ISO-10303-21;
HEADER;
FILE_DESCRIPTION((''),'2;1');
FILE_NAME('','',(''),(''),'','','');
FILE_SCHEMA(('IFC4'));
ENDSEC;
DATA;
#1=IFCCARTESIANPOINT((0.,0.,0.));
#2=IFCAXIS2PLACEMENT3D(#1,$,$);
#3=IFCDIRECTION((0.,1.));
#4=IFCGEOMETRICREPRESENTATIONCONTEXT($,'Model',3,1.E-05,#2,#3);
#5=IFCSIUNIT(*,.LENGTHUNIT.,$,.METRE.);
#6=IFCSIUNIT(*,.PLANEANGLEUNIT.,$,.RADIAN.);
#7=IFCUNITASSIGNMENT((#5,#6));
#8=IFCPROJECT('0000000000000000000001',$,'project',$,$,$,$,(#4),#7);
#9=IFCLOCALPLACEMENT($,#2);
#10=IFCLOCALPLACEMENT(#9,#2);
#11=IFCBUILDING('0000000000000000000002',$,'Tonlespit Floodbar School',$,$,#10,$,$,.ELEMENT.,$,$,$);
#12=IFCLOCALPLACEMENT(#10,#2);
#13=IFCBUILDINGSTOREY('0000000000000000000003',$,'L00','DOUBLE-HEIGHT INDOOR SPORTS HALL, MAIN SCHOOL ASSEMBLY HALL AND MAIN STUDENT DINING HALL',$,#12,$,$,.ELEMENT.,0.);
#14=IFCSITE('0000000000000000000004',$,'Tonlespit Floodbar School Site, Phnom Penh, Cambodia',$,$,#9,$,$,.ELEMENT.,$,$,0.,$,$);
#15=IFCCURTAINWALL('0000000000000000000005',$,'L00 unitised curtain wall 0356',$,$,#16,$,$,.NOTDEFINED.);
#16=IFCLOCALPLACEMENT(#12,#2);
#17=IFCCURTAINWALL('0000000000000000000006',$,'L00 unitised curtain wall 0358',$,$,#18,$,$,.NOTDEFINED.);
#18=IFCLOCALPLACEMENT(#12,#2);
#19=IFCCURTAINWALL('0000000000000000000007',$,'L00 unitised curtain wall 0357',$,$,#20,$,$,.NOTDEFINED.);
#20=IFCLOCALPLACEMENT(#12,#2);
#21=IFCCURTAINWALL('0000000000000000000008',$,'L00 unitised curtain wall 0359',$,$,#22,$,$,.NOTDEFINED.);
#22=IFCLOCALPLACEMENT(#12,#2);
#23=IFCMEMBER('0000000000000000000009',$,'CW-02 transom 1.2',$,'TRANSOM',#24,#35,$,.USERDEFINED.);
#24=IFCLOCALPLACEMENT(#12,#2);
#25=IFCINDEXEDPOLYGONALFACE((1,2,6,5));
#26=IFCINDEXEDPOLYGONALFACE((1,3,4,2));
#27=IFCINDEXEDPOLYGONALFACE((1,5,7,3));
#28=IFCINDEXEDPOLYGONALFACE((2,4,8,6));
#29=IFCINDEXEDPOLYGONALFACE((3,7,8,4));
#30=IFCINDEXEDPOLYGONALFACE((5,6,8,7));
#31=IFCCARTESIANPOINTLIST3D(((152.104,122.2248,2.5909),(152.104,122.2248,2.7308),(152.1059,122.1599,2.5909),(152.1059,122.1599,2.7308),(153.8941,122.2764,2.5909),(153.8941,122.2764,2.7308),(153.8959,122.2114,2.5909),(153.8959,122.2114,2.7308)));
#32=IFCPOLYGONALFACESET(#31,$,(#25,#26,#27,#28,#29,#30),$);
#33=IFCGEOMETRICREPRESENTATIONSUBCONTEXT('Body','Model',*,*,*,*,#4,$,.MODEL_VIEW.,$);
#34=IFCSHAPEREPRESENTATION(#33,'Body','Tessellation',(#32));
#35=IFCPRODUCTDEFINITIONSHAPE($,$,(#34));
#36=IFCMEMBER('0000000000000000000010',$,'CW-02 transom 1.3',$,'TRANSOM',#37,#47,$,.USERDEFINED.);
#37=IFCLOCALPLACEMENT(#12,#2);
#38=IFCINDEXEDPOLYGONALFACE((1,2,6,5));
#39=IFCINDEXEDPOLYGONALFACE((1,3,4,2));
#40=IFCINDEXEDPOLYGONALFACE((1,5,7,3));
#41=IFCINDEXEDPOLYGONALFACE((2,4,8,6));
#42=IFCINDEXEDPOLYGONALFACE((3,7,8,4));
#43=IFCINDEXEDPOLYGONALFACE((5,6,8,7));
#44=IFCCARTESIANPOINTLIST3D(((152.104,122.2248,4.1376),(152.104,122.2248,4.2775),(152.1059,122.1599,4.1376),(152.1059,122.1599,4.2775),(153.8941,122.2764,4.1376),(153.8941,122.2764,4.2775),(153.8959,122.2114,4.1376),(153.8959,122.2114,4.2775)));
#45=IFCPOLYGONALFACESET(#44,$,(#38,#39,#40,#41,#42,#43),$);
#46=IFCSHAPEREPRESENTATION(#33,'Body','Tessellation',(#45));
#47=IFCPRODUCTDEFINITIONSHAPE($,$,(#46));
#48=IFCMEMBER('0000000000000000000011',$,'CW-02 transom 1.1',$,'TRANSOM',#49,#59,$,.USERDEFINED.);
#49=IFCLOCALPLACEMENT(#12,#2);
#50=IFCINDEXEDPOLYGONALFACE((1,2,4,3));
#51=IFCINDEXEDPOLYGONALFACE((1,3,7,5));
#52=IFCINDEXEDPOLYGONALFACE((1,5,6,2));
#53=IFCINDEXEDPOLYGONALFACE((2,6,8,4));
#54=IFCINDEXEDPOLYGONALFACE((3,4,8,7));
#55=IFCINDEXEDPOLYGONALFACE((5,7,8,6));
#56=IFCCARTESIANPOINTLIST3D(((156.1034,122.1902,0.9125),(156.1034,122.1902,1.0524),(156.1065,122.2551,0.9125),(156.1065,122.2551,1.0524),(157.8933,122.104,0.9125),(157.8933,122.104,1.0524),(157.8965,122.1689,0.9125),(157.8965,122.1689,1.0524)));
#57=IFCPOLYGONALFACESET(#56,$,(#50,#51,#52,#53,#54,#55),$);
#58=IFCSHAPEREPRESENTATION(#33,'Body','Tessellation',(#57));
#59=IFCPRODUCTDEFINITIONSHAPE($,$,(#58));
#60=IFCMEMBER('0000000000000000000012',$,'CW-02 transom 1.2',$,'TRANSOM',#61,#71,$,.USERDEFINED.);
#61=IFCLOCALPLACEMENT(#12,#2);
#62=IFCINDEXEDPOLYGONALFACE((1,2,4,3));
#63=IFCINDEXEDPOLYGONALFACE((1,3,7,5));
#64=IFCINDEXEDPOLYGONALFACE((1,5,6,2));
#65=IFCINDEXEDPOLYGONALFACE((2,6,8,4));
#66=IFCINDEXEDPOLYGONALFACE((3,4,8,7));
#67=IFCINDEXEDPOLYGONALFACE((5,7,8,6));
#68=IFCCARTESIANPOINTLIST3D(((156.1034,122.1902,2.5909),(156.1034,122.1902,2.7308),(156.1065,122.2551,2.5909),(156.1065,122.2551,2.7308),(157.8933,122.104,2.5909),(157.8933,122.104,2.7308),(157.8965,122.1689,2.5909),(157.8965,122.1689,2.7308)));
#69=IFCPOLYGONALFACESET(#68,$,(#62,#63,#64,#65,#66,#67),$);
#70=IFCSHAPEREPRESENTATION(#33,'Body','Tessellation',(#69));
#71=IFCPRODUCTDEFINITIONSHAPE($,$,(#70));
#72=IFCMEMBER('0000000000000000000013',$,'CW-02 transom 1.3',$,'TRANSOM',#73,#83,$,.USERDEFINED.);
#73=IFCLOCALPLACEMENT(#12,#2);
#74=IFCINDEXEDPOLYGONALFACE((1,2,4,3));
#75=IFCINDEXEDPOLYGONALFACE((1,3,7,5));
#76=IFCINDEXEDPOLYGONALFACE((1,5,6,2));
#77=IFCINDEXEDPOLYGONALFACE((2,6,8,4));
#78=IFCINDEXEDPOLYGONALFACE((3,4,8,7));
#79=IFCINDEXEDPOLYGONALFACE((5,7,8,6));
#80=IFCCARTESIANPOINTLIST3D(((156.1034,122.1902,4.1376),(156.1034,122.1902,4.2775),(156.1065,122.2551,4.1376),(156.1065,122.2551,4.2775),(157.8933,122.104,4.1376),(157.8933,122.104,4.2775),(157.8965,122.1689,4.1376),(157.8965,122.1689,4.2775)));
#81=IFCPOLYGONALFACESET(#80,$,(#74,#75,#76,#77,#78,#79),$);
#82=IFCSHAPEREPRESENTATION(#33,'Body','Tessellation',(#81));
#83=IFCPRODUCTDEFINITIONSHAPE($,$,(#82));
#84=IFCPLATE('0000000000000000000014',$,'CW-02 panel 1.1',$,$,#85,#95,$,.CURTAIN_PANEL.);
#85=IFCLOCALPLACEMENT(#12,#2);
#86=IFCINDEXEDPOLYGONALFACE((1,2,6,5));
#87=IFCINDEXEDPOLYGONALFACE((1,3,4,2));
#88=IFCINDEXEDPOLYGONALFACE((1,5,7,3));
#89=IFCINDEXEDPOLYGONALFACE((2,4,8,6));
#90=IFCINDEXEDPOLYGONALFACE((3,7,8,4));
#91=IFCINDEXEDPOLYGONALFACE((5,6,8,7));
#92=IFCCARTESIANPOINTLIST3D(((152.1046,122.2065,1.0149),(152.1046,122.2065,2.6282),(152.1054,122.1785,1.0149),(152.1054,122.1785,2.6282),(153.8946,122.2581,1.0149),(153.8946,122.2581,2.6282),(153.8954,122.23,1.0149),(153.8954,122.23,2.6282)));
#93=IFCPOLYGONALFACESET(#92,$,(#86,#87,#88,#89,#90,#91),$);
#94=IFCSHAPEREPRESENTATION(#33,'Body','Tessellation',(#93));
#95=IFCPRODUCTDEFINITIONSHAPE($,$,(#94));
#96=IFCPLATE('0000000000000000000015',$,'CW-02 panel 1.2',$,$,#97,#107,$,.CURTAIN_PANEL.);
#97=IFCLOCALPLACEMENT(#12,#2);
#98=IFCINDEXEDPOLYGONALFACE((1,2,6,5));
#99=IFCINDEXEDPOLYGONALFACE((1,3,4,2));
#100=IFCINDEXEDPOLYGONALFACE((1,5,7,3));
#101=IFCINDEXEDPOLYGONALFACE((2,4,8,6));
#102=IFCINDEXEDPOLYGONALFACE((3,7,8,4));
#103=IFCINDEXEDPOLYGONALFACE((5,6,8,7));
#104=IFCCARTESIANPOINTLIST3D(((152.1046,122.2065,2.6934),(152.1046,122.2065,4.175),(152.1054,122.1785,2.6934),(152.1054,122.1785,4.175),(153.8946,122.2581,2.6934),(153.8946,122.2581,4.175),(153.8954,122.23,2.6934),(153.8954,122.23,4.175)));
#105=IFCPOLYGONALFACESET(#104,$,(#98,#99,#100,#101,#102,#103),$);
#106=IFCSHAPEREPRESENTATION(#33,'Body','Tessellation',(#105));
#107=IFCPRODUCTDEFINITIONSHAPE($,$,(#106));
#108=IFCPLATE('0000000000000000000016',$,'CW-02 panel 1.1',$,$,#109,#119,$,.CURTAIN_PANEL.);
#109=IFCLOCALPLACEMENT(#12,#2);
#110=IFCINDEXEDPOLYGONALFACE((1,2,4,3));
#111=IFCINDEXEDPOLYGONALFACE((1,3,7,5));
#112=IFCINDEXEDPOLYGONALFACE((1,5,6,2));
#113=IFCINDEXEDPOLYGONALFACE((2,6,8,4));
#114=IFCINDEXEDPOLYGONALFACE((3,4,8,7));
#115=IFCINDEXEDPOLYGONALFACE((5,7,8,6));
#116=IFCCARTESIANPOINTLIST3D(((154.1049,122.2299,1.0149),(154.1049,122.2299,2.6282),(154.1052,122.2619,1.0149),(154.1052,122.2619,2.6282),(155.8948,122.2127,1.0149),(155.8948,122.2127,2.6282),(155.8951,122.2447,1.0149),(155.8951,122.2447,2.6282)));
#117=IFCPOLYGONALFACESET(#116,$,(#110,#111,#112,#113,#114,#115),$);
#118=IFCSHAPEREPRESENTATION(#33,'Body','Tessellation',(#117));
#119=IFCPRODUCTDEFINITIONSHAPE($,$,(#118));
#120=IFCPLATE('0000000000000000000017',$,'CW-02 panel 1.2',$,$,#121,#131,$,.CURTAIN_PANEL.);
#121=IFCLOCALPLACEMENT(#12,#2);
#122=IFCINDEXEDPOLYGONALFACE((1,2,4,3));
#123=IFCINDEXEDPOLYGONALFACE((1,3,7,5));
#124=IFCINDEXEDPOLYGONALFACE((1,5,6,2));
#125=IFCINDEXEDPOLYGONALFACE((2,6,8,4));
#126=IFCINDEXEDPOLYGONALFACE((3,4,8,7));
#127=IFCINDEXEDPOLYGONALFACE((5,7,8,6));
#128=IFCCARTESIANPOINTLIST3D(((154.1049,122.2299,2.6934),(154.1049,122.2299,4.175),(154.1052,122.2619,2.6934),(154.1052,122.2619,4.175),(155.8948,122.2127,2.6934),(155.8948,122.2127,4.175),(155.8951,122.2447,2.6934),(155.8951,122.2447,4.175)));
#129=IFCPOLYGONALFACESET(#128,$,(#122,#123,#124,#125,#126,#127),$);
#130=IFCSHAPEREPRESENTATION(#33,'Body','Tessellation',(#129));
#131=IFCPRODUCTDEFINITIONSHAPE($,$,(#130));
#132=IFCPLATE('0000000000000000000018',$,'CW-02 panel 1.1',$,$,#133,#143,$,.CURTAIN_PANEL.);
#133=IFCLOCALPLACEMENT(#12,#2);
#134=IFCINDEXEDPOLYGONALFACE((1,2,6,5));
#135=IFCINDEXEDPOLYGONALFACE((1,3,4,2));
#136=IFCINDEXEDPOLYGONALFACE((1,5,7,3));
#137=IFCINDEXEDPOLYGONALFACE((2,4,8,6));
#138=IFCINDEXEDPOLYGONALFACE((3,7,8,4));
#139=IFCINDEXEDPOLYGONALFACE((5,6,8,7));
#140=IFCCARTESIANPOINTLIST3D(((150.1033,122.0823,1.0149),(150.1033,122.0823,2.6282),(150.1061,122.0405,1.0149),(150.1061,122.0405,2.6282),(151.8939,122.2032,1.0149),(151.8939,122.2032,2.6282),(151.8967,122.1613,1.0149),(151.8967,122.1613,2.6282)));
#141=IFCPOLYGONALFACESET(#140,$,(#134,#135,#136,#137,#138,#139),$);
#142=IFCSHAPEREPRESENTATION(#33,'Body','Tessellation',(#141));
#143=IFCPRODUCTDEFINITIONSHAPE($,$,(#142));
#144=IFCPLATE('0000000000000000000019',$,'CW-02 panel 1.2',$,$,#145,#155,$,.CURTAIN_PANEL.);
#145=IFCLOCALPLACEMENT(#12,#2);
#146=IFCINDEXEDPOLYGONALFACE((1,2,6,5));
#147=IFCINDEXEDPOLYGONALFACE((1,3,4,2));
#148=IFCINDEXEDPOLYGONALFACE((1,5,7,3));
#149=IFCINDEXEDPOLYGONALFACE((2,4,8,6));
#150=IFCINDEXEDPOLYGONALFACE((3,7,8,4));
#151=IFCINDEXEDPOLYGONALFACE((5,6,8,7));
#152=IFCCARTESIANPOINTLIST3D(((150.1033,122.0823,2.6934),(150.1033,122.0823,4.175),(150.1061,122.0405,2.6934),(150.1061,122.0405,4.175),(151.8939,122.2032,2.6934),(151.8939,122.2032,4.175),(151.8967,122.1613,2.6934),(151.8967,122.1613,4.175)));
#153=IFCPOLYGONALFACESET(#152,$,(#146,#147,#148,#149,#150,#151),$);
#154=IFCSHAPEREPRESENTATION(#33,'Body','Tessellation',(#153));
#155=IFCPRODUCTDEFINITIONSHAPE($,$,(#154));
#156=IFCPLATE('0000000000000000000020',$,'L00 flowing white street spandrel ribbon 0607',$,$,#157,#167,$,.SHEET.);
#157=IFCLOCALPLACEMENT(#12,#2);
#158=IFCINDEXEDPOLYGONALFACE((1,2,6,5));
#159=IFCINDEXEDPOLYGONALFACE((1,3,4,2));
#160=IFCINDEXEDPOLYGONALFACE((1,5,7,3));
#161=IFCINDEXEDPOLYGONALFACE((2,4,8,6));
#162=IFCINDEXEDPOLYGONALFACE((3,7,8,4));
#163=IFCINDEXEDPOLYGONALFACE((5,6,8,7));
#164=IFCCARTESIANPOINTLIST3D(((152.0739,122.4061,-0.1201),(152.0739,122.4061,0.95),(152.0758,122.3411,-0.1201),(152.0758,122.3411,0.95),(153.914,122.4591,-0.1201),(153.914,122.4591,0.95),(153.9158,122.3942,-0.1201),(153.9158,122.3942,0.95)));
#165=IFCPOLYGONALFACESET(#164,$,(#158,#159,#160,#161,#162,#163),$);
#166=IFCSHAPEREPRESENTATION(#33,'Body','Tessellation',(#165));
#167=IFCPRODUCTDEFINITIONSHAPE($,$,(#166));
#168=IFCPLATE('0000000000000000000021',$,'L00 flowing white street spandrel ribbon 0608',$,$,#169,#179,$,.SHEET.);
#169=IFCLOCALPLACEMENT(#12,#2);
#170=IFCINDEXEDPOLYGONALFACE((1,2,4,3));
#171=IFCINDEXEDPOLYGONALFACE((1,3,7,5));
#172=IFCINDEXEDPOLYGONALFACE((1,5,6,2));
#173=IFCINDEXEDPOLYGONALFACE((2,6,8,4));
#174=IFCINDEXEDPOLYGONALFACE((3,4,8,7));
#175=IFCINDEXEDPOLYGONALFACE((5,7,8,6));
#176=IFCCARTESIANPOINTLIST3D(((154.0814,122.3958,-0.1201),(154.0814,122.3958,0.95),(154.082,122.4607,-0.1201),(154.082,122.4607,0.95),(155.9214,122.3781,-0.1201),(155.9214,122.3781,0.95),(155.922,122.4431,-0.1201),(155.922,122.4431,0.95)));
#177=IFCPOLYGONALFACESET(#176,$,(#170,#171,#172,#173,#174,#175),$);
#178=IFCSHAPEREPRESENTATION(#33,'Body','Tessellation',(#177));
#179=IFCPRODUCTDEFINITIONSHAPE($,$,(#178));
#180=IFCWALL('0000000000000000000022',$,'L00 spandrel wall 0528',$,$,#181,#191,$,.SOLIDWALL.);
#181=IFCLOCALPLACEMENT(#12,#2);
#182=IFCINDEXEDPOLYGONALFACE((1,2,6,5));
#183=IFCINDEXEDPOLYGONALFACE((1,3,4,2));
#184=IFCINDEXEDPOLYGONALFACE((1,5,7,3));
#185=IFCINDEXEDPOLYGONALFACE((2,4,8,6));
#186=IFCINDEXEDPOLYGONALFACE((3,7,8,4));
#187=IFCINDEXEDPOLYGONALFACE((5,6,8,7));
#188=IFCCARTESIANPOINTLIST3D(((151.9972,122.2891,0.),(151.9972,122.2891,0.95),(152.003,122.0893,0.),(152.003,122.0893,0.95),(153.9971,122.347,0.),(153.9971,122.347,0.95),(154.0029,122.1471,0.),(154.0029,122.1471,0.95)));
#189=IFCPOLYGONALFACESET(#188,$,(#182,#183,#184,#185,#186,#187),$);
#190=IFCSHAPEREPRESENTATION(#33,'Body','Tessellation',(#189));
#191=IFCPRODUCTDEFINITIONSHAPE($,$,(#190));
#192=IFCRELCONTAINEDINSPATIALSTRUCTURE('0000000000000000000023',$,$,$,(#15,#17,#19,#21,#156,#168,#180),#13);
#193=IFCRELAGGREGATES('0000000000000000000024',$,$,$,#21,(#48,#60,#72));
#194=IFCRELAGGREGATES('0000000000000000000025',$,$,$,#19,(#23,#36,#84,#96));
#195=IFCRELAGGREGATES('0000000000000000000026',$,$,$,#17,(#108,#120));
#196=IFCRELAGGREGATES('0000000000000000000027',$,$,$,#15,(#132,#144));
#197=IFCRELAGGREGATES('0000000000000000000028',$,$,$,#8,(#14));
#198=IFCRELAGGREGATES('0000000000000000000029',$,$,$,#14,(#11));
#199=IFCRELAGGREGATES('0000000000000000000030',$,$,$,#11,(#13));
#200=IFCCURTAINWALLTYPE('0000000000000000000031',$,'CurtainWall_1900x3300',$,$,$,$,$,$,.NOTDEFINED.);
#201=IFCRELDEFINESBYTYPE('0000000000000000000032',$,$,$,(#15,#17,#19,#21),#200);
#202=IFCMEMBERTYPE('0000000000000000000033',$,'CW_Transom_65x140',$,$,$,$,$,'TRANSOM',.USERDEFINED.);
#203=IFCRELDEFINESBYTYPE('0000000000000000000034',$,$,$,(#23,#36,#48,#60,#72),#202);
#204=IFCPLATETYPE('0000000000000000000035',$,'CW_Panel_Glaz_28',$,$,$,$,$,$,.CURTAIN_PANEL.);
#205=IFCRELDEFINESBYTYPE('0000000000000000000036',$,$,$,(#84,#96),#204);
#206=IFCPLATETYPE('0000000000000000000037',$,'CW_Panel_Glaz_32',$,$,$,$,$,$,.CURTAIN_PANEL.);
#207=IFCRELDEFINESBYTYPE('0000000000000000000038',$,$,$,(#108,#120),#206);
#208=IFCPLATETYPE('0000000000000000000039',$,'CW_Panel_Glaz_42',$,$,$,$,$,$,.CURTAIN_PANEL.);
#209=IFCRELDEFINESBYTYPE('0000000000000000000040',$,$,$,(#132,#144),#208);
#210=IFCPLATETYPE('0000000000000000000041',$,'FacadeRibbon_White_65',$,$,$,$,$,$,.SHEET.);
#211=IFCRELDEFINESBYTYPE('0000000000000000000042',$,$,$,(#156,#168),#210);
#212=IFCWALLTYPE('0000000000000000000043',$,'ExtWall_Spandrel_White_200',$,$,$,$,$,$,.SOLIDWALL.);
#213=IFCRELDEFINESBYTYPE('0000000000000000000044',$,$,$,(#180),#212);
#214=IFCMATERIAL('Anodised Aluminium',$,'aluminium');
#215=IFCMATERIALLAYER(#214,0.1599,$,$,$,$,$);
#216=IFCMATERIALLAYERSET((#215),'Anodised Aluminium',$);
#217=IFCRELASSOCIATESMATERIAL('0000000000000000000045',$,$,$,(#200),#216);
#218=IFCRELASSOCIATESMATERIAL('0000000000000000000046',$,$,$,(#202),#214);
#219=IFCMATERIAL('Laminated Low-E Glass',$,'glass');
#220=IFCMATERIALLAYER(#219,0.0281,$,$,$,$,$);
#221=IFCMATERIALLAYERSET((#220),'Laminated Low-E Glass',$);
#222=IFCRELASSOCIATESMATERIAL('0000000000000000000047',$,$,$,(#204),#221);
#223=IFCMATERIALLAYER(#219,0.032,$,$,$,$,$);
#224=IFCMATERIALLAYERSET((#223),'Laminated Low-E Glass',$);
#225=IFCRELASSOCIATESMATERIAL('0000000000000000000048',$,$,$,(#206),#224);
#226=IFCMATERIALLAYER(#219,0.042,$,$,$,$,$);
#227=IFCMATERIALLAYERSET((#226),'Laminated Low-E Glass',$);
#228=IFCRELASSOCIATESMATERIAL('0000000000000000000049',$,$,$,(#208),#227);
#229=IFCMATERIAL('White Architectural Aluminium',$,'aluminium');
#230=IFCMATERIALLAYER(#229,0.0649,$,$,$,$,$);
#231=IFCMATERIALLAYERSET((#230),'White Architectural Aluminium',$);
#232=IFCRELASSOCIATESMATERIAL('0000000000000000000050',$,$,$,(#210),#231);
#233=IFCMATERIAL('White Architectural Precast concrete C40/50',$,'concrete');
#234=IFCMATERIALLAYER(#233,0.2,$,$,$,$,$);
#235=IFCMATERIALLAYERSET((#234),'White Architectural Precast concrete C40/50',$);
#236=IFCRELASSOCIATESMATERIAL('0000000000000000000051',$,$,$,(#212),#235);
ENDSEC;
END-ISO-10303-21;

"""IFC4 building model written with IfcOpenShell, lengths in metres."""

from ifc_helpers import new_model, si_unit, direction, frame, frame_2d, origin, origin_2d, place, context, subcontext, project, spatial, rectangle, extrude, material, layer, layer_set, material_profile, profile_set, type_object, element, aggregate, save


model = new_model("IFC4")

# Units and contexts
model_context = context("Model", 3, precision=1e-05, world=origin(), true_north=direction((0.0, 1.0)))
body_context = subcontext(model_context, "Body", "Model", "MODEL_VIEW")
ifc_project = project(units=[si_unit("LENGTHUNIT", "METRE"), si_unit("PLANEANGLEUNIT", "RADIAN")], contexts=[model_context])

# Site, building, storey
site_placement = place(None, origin())
site = spatial("IfcSite", under=ifc_project, at=site_placement, Name="Tonlespit Floodbar School Site, Phnom Penh, Cambodia", CompositionType="ELEMENT", RefElevation=0.0)
building_placement = place(site_placement, origin())
building = spatial("IfcBuilding", under=site, at=building_placement, Name="Tonlespit Floodbar School", CompositionType="ELEMENT")
storey_placement = place(building_placement, origin())
storey = spatial("IfcBuildingStorey", under=building, at=storey_placement, Name="L00", Description="DOUBLE-HEIGHT INDOOR SPORTS HALL, MAIN SCHOOL ASSEMBLY HALL AND MAIN STUDENT DINING HALL", CompositionType="ELEMENT", Elevation=0.0)

# Curtain wall
ifc_material_1 = material(Name="Anodised Aluminium", Category="aluminium")
ifc_layer_1 = layer(ifc_material_1, 0.1599)
ifc_layer_set_1 = layer_set([ifc_layer_1], Name="Anodised Aluminium")
curtain_wall_type = type_object("IfcCurtainWallType", Name="CurtainWall_1900x3300", PredefinedType="NOTDEFINED", material=ifc_layer_set_1)
curtain_wall_1_placement = place(storey_placement, origin())
curtain_wall_1 = element("IfcCurtainWall", 1, at=curtain_wall_1_placement, inside=storey, type_object=curtain_wall_type, Name="L00 unitised curtain wall 0356", PredefinedType="NOTDEFINED")

# Curtain walls
curtain_wall_2_placement = place(storey_placement, origin())
curtain_wall_2 = element("IfcCurtainWall", 2, at=curtain_wall_2_placement, inside=storey, type_object=curtain_wall_type, Name="L00 unitised curtain wall 0358", PredefinedType="NOTDEFINED")
curtain_wall_3_placement = place(storey_placement, origin())
curtain_wall_3 = element("IfcCurtainWall", 3, at=curtain_wall_3_placement, inside=storey, type_object=curtain_wall_type, Name="L00 unitised curtain wall 0357", PredefinedType="NOTDEFINED")

# Curtain wall
curtain_wall_4_placement = place(storey_placement, origin())
curtain_wall_4 = element("IfcCurtainWall", 4, at=curtain_wall_4_placement, inside=storey, type_object=curtain_wall_type, Name="L00 unitised curtain wall 0359", PredefinedType="NOTDEFINED")

# Members
ifc_material_profile_1 = material_profile(ifc_material_1, rectangle(XDim=0.0649, YDim=0.1399, at=origin_2d()), Name="ALU T65x140")
ifc_profile_set_1 = profile_set([ifc_material_profile_1], Name="Anodised Aluminium")
member_type_1 = type_object("IfcMemberType", Name="CW_Transom_65x140", ElementType="TRANSOM", PredefinedType="USERDEFINED", material=ifc_profile_set_1)
member_1_placement = place(storey_placement, frame((152.105, 122.1924, 2.6609), z_axis=(0.999586, 0.028766, 0.0), x_axis=(-0.028766, 0.999586, 0.0)))
member_1 = element("IfcMember", 5, at=member_1_placement, type_object=member_type_1, Name="CW-02 transom 1.2", ObjectType="TRANSOM", PredefinedType="USERDEFINED", context=body_context, shape_type="SweptSolid", body=[
    extrude(rectangle(XDim=0.0649, YDim=0.1399, at=origin_2d()), origin(), (0.0, 0.0, 1.0), 1.7908),
])
member_2_placement = place(storey_placement, frame((152.105, 122.1924, 4.2075), z_axis=(0.999586, 0.028766, 0.0), x_axis=(-0.028766, 0.999586, 0.0)))
member_2 = element("IfcMember", 6, at=member_2_placement, type_object=member_type_1, Name="CW-02 transom 1.3", ObjectType="TRANSOM", PredefinedType="USERDEFINED", context=body_context, shape_type="SweptSolid", body=[
    extrude(rectangle(XDim=0.0649, YDim=0.1399, at=origin_2d()), origin(), (0.0, 0.0, 1.0), 1.7908),
])
member_3_placement = place(storey_placement, frame((156.105, 122.2227, 0.9824), z_axis=(0.998843, -0.048089, 0.0), x_axis=(0.048089, 0.998843, 0.0)))
member_3 = element("IfcMember", 7, at=member_3_placement, type_object=member_type_1, Name="CW-02 transom 1.1", ObjectType="TRANSOM", PredefinedType="USERDEFINED", context=body_context, shape_type="SweptSolid", body=[
    extrude(rectangle(XDim=0.0649, YDim=0.1399, at=origin_2d()), origin(), (0.0, 0.0, 1.0), 1.792),
])
member_4_placement = place(storey_placement, frame((156.105, 122.2227, 2.6609), z_axis=(0.998843, -0.048089, 0.0), x_axis=(0.048089, 0.998843, 0.0)))
member_4 = element("IfcMember", 8, at=member_4_placement, type_object=member_type_1, Name="CW-02 transom 1.2", ObjectType="TRANSOM", PredefinedType="USERDEFINED", context=body_context, shape_type="SweptSolid", body=[
    extrude(rectangle(XDim=0.0649, YDim=0.1399, at=origin_2d()), origin(), (0.0, 0.0, 1.0), 1.792),
])
member_5_placement = place(storey_placement, frame((156.105, 122.2227, 4.2075), z_axis=(0.998843, -0.048089, 0.0), x_axis=(0.048089, 0.998843, 0.0)))
member_5 = element("IfcMember", 9, at=member_5_placement, type_object=member_type_1, Name="CW-02 transom 1.3", ObjectType="TRANSOM", PredefinedType="USERDEFINED", context=body_context, shape_type="SweptSolid", body=[
    extrude(rectangle(XDim=0.0649, YDim=0.1399, at=origin_2d()), origin(), (0.0, 0.0, 1.0), 1.792),
])
aggregate(curtain_wall_4, [member_3, member_4, member_5])

# Plates
ifc_material_2 = material(Name="Laminated Low-E Glass", Category="glass")
ifc_layer_2 = layer(ifc_material_2, 0.0281)
ifc_layer_set_2 = layer_set([ifc_layer_2], Name="Laminated Low-E Glass")
plate_type_1 = type_object("IfcPlateType", Name="CW_Panel_Glaz_28", PredefinedType="CURTAIN_PANEL", material=ifc_layer_set_2)
plate_1_placement = place(storey_placement, frame((153.0, 122.2183, 1.0149), z_axis=(0.0, 0.0, 1.0), x_axis=(0.999585, 0.02879, 0.0)))
plate_1 = element("IfcPlate", 10, at=plate_1_placement, type_object=plate_type_1, Name="CW-02 panel 1.1", PredefinedType="CURTAIN_PANEL", context=body_context, shape_type="SweptSolid", body=[
    extrude(rectangle(XDim=1.7908, YDim=0.0281, at=origin_2d()), origin(), (0.0, 0.0, 1.0), 1.6133),
])
plate_2_placement = place(storey_placement, frame((153.0, 122.2183, 2.6934), z_axis=(0.0, 0.0, 1.0), x_axis=(0.999585, 0.02879, 0.0)))
plate_2 = element("IfcPlate", 11, at=plate_2_placement, type_object=plate_type_1, Name="CW-02 panel 1.2", PredefinedType="CURTAIN_PANEL", context=body_context, shape_type="SweptSolid", body=[
    extrude(rectangle(XDim=1.7908, YDim=0.0281, at=origin_2d()), origin(), (0.0, 0.0, 1.0), 1.4817),
])
aggregate(curtain_wall_3, [member_1, member_2, plate_1, plate_2])
ifc_layer_3 = layer(ifc_material_2, 0.032)
ifc_layer_set_3 = layer_set([ifc_layer_3], Name="Laminated Low-E Glass")
plate_type_2 = type_object("IfcPlateType", Name="CW_Panel_Glaz_32", PredefinedType="CURTAIN_PANEL", material=ifc_layer_set_3)
plate_3_placement = place(storey_placement, frame((155.0, 122.2373, 1.0149), z_axis=(0.0, 0.0, 1.0), x_axis=(0.999954, -0.009583, 0.0)))
plate_3 = element("IfcPlate", 12, at=plate_3_placement, type_object=plate_type_2, Name="CW-02 panel 1.1", PredefinedType="CURTAIN_PANEL", context=body_context, shape_type="SweptSolid", body=[
    extrude(rectangle(XDim=1.79, YDim=0.032, at=origin_2d()), origin(), (0.0, 0.0, 1.0), 1.6133),
])
plate_4_placement = place(storey_placement, frame((155.0, 122.2373, 2.6934), z_axis=(0.0, 0.0, 1.0), x_axis=(0.999954, -0.009583, 0.0)))
plate_4 = element("IfcPlate", 13, at=plate_4_placement, type_object=plate_type_2, Name="CW-02 panel 1.2", PredefinedType="CURTAIN_PANEL", context=body_context, shape_type="SweptSolid", body=[
    extrude(rectangle(XDim=1.79, YDim=0.032, at=origin_2d()), origin(), (0.0, 0.0, 1.0), 1.4817),
])
aggregate(curtain_wall_2, [plate_3, plate_4])
ifc_layer_4 = layer(ifc_material_2, 0.042)
ifc_layer_set_4 = layer_set([ifc_layer_4], Name="Laminated Low-E Glass")
plate_type_3 = type_object("IfcPlateType", Name="CW_Panel_Glaz_42", PredefinedType="CURTAIN_PANEL", material=ifc_layer_set_4)
plate_5_placement = place(storey_placement, frame((151.0, 122.1218, 1.0149), z_axis=(0.0, 0.0, 1.0), x_axis=(0.99773, 0.06734, 0.0)))
plate_5 = element("IfcPlate", 14, at=plate_5_placement, type_object=plate_type_3, Name="CW-02 panel 1.1", PredefinedType="CURTAIN_PANEL", context=body_context, shape_type="SweptSolid", body=[
    extrude(rectangle(XDim=1.7947, YDim=0.042, at=origin_2d()), origin(), (0.0, 0.0, 1.0), 1.6133),
])
plate_6_placement = place(storey_placement, frame((151.0, 122.1218, 2.6934), z_axis=(0.0, 0.0, 1.0), x_axis=(0.99773, 0.06734, 0.0)))
plate_6 = element("IfcPlate", 15, at=plate_6_placement, type_object=plate_type_3, Name="CW-02 panel 1.2", PredefinedType="CURTAIN_PANEL", context=body_context, shape_type="SweptSolid", body=[
    extrude(rectangle(XDim=1.7947, YDim=0.042, at=origin_2d()), origin(), (0.0, 0.0, 1.0), 1.4817),
])
aggregate(curtain_wall_1, [plate_5, plate_6])

# Plates
ifc_material_3 = material(Name="White Architectural Aluminium", Category="aluminium")
ifc_layer_5 = layer(ifc_material_3, 0.0649)
ifc_layer_set_5 = layer_set([ifc_layer_5], Name="White Architectural Aluminium")
plate_type_4 = type_object("IfcPlateType", Name="FacadeRibbon_White_65", PredefinedType="SHEET", material=ifc_layer_set_5)
plate_7_placement = place(storey_placement, frame((152.9949, 122.4001, -0.1201), z_axis=(0.0, 0.0, 1.0), x_axis=(0.999584, 0.028838, 0.0)))
element("IfcPlate", 16, at=plate_7_placement, inside=storey, type_object=plate_type_4, Name="L00 flowing white street spandrel ribbon 0607", PredefinedType="SHEET", context=body_context, shape_type="SweptSolid", body=[
    extrude(rectangle(XDim=1.8408, YDim=0.0649, at=origin_2d()), origin(), (0.0, 0.0, 1.0), 1.0701),
])
plate_8_placement = place(storey_placement, frame((155.0017, 122.4194, -0.1201), z_axis=(0.0, 0.0, 1.0), x_axis=(0.999954, -0.009599, 0.0)))
element("IfcPlate", 17, at=plate_8_placement, inside=storey, type_object=plate_type_4, Name="L00 flowing white street spandrel ribbon 0608", PredefinedType="SHEET", context=body_context, shape_type="SweptSolid", body=[
    extrude(rectangle(XDim=1.8401, YDim=0.0649, at=origin_2d()), origin(), (0.0, 0.0, 1.0), 1.0701),
])

# Wall
ifc_material_4 = material(Name="White Architectural Precast concrete C40/50", Category="concrete")
ifc_layer_6 = layer(ifc_material_4, 0.2)
ifc_layer_set_6 = layer_set([ifc_layer_6], Name="White Architectural Precast concrete C40/50")
wall_type = type_object("IfcWallType", Name="ExtWall_Spandrel_White_200", PredefinedType="SOLIDWALL", material=ifc_layer_set_6)
wall_1_placement = place(storey_placement, frame((152.0, 122.1892, 0.0), z_axis=(0.0, 0.0, 1.0), x_axis=(0.999582, 0.028919, 0.0)))
element("IfcWall", 18, at=wall_1_placement, inside=storey, type_object=wall_type, Name="L00 spandrel wall 0528", PredefinedType="SOLIDWALL", context=body_context, shape_type="SweptSolid", body=[
    extrude(rectangle(XDim=2.0007, YDim=0.2, at=frame_2d((1.0005, 0.0))), origin(), (0.0, 0.0, 1.0), 0.95),
])

save(model, "model.ifc")
